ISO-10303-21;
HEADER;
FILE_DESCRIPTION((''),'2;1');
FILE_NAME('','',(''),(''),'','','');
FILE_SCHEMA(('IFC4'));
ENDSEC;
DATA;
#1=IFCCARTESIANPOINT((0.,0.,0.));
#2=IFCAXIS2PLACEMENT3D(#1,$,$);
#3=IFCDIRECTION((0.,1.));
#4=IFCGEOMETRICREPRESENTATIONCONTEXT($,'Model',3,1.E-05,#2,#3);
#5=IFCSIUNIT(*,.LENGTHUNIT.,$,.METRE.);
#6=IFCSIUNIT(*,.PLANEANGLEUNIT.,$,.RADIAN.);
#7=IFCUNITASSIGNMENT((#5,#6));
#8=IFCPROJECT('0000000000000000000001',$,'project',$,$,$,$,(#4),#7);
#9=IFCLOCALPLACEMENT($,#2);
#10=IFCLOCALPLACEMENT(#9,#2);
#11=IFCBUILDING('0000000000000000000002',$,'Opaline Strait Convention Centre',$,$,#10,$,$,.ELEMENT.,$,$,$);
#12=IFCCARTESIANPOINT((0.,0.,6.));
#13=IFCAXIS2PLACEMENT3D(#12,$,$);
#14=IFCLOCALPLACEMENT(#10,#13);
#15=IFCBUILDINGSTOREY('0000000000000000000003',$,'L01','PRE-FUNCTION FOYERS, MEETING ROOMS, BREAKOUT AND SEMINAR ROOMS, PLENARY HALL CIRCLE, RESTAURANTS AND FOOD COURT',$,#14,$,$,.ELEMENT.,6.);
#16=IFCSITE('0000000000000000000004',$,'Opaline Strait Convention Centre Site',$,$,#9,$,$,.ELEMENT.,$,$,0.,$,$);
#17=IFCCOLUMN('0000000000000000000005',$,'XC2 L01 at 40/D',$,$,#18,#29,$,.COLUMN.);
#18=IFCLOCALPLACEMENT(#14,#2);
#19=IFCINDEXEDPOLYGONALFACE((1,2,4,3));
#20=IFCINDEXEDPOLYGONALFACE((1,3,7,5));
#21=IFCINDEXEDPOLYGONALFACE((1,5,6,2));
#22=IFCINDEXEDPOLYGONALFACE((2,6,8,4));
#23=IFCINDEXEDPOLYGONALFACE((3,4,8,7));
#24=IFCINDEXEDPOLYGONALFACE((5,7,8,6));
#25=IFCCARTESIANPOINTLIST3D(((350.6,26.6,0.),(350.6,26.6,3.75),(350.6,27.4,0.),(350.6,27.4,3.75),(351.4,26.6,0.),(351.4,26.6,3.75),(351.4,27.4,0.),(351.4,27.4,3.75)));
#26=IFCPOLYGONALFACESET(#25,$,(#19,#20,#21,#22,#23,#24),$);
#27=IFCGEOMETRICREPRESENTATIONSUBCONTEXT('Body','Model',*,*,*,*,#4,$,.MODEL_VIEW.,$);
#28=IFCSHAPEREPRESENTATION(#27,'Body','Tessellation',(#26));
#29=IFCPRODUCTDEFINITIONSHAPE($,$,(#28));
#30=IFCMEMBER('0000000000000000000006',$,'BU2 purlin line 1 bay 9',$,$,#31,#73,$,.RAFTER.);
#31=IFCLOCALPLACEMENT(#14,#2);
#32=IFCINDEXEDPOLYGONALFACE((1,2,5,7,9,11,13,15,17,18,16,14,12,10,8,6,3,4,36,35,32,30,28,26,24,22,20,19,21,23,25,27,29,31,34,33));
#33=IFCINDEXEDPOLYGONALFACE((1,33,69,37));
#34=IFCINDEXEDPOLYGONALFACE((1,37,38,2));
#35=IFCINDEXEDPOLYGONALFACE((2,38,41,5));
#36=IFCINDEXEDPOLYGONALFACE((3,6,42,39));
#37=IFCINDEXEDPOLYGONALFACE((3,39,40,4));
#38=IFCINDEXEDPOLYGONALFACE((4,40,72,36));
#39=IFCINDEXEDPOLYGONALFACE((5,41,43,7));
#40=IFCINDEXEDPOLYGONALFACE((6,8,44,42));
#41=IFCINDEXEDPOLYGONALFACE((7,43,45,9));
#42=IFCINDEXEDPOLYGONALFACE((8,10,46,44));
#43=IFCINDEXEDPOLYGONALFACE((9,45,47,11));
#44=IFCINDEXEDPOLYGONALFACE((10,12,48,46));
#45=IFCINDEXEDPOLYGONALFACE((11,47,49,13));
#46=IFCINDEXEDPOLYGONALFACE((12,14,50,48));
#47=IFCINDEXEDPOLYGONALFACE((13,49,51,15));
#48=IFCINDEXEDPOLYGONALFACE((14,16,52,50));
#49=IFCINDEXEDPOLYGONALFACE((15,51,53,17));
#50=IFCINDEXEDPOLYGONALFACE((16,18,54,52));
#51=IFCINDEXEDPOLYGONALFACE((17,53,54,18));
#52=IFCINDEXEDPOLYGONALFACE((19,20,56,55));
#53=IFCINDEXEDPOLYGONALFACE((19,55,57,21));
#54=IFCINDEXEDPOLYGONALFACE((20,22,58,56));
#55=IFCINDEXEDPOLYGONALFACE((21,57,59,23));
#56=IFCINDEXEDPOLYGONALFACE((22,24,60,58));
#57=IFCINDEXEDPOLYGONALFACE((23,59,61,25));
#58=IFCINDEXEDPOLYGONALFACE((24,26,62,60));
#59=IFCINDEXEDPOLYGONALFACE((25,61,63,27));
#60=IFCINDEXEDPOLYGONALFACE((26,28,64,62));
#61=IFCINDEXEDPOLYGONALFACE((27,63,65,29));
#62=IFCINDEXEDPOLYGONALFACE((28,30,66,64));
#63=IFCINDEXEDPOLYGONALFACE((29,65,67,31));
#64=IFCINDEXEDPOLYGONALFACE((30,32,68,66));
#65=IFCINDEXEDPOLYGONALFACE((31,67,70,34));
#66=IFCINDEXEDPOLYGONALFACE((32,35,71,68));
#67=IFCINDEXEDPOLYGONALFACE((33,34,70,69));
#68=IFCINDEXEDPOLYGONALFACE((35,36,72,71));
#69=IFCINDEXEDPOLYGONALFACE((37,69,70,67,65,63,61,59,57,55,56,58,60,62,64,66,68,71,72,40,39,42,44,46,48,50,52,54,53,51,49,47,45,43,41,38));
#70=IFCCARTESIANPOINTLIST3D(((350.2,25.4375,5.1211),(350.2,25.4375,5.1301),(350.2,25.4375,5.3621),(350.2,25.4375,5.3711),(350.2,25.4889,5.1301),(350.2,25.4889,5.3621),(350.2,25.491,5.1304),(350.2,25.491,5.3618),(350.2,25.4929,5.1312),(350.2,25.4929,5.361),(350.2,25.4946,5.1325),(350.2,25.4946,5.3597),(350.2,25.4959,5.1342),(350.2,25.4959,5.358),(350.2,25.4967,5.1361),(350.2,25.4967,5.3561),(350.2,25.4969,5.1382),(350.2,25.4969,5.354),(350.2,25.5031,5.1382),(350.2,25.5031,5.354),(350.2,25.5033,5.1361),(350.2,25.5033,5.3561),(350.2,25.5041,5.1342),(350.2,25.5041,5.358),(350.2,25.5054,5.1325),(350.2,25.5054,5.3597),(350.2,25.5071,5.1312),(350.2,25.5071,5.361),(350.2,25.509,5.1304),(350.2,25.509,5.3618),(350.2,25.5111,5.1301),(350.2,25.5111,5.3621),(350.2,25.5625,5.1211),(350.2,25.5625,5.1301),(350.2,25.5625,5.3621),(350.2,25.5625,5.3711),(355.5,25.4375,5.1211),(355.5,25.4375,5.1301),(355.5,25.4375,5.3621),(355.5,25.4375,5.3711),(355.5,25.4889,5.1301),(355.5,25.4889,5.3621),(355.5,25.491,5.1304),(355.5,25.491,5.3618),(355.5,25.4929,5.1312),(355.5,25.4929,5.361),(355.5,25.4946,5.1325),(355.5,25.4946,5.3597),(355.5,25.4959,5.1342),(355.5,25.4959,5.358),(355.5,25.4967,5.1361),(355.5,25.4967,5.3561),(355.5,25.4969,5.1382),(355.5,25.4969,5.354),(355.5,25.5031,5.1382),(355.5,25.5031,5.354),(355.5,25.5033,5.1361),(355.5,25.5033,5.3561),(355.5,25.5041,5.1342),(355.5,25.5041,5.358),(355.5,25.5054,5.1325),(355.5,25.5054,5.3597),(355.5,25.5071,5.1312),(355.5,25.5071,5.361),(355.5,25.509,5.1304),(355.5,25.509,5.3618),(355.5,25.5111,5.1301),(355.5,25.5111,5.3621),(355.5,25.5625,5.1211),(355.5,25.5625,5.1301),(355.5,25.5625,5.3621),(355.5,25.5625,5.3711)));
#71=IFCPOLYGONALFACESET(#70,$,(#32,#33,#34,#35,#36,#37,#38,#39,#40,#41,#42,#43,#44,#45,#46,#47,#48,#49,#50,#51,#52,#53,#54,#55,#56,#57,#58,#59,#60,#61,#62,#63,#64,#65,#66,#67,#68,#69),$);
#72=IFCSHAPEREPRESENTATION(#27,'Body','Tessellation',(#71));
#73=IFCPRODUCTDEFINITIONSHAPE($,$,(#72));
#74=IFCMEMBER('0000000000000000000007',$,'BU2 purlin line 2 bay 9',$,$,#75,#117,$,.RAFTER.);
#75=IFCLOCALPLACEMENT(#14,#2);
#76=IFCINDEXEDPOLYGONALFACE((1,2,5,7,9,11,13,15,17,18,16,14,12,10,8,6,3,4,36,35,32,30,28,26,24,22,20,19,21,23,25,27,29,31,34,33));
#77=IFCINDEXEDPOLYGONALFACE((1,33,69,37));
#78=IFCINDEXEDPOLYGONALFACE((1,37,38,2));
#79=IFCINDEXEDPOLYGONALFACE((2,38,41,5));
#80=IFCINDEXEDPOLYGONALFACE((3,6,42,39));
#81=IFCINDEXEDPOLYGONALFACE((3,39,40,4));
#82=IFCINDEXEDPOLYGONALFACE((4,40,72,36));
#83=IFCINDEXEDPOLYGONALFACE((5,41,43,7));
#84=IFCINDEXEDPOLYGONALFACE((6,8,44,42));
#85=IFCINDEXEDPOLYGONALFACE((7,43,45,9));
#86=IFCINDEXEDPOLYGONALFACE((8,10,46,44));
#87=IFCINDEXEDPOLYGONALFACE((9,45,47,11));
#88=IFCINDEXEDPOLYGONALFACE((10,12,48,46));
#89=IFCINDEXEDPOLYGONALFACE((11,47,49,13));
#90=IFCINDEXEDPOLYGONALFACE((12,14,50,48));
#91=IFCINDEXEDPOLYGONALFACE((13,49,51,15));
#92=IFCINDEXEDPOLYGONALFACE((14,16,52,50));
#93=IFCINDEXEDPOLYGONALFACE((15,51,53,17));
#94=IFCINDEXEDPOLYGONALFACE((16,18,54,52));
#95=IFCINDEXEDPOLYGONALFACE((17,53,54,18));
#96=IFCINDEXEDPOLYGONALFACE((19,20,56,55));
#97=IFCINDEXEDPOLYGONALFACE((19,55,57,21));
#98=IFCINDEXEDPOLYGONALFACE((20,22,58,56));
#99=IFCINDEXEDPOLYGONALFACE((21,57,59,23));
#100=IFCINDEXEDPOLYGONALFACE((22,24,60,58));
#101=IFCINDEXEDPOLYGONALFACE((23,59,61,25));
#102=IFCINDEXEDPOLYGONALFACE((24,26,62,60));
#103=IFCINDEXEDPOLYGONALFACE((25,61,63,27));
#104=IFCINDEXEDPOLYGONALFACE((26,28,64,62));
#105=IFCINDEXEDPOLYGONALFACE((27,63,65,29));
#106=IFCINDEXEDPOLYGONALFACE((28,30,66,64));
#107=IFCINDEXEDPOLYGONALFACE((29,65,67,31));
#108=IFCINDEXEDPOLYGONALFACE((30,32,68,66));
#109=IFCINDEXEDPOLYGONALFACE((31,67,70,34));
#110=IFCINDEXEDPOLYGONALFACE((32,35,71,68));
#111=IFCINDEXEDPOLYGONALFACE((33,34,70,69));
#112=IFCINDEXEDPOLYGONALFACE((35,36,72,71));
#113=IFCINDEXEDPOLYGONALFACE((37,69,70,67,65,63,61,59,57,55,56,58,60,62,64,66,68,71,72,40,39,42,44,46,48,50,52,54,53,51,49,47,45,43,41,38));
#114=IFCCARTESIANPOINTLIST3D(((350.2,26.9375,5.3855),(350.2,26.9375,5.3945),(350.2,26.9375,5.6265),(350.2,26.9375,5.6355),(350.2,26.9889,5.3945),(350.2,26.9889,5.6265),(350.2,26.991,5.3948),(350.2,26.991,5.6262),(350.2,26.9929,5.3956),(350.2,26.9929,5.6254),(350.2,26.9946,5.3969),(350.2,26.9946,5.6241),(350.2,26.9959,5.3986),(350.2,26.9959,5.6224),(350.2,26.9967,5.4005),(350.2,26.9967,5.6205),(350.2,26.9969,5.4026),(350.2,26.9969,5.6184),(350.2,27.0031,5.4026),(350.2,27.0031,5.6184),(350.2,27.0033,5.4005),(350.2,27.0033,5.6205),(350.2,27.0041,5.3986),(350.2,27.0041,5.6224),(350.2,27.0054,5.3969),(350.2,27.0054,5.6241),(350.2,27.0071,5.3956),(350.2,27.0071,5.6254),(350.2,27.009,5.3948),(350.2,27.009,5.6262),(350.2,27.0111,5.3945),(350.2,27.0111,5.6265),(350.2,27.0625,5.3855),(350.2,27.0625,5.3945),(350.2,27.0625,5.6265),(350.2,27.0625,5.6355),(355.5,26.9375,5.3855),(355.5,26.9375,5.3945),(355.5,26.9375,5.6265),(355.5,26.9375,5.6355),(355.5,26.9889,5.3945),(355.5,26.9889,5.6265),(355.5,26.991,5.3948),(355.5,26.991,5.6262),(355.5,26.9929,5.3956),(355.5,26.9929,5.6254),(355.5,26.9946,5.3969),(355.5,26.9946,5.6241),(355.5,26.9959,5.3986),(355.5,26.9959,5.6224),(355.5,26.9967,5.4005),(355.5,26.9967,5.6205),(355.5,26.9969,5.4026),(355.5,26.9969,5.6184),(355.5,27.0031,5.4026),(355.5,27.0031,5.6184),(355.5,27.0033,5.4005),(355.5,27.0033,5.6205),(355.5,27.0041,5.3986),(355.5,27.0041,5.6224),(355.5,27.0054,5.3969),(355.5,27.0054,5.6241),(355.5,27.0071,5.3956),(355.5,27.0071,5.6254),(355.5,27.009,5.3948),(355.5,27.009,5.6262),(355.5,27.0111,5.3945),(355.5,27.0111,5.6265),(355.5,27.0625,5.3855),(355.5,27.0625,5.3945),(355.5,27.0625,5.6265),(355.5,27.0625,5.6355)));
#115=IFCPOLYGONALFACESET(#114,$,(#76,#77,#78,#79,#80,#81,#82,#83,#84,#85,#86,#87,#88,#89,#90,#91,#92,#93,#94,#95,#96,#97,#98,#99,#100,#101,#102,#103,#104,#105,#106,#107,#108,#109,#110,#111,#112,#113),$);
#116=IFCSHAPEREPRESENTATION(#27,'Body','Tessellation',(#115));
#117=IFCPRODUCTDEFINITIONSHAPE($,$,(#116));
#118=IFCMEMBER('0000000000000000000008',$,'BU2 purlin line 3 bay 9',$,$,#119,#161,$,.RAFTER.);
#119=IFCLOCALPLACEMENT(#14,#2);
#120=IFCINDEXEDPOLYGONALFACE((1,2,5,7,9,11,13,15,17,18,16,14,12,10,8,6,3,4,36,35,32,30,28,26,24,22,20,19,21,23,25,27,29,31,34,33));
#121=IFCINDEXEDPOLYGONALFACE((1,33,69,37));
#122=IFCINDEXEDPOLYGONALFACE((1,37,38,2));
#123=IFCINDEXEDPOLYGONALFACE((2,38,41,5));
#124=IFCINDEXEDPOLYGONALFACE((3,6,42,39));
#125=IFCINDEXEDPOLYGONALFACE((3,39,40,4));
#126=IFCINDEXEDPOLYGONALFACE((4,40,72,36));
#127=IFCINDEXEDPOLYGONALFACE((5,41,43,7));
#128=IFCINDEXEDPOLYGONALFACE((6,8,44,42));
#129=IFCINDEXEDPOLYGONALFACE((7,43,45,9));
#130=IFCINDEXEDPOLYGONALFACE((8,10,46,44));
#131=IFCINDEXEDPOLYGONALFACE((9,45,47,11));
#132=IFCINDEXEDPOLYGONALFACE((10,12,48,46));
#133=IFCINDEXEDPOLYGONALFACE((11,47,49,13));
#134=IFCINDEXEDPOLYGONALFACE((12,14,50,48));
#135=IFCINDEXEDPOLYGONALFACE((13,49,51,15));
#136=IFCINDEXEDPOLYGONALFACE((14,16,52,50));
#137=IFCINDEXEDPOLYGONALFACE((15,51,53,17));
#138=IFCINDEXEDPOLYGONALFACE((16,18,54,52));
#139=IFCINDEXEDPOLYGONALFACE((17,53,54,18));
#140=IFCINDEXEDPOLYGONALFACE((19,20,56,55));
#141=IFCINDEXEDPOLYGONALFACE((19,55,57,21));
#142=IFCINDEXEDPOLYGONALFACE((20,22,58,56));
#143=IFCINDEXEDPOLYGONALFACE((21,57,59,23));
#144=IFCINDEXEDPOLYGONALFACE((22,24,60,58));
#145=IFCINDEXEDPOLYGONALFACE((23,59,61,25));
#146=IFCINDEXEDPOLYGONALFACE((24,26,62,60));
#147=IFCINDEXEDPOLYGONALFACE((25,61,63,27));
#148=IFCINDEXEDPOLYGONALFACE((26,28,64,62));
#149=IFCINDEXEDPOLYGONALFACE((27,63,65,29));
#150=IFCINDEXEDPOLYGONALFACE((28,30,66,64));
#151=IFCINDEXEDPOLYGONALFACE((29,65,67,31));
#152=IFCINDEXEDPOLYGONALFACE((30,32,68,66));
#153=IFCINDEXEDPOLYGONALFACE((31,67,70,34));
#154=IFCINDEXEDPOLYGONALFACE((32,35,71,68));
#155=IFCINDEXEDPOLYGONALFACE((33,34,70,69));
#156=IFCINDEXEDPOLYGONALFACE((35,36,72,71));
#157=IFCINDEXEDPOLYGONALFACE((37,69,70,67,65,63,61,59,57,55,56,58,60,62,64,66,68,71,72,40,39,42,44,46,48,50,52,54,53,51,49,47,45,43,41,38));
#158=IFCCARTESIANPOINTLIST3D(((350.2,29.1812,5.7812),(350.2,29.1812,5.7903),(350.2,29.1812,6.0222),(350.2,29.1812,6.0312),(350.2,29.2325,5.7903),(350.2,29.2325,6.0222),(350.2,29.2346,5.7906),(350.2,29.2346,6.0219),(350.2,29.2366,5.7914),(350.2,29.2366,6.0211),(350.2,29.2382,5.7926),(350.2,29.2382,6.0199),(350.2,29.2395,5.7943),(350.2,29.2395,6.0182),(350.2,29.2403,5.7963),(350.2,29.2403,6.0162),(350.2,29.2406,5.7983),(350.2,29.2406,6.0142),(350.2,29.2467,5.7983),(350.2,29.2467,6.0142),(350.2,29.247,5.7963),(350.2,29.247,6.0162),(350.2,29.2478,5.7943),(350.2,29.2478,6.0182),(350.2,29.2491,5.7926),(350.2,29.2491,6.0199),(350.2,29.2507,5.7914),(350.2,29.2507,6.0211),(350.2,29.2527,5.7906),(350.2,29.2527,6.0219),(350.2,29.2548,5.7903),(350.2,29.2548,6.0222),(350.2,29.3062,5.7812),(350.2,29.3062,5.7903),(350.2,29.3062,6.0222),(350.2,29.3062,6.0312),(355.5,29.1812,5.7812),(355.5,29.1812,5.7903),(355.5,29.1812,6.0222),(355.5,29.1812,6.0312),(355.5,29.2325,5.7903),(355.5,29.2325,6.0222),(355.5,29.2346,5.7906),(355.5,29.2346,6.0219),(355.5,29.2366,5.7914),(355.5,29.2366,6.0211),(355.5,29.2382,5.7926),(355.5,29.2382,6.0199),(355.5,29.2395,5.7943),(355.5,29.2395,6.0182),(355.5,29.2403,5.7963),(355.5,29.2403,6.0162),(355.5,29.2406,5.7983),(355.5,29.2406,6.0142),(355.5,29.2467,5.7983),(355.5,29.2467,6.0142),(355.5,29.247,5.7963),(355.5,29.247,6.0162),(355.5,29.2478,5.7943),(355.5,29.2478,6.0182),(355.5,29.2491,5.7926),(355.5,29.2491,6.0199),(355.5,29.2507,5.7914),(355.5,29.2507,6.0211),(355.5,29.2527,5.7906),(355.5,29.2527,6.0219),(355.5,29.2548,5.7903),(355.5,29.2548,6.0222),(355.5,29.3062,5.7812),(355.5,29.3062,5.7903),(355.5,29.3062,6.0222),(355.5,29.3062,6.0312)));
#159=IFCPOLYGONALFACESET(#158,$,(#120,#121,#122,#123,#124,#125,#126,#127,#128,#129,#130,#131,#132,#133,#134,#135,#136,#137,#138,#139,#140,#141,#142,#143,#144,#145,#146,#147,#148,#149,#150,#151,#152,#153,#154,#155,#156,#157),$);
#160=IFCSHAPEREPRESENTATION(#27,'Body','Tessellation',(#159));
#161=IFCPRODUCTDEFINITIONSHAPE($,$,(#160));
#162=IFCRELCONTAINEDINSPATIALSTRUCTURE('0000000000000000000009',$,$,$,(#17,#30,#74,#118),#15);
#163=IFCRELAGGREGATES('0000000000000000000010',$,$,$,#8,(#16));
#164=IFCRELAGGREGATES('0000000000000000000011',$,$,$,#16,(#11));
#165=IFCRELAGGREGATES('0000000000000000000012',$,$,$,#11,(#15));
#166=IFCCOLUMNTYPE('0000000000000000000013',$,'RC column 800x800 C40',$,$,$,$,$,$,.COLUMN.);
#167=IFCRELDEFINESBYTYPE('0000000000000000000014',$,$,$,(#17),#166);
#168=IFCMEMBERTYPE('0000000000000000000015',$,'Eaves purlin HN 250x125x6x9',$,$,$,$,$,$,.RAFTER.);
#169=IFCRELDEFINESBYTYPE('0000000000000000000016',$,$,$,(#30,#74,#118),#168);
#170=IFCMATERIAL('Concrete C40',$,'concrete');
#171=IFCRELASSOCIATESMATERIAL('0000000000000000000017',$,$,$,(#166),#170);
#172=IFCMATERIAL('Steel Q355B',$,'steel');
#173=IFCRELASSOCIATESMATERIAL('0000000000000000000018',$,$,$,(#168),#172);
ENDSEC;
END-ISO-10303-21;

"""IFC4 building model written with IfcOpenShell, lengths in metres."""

from ifc_helpers import new_model, si_unit, direction, frame, origin, origin_2d, place, context, subcontext, project, spatial, rectangle, i_section, extrude, material, material_profile, profile_set, type_object, element, save


model = new_model("IFC4")

# Units and contexts
model_context = context("Model", 3, precision=1e-05, world=origin(), true_north=direction((0.0, 1.0)))
body_context = subcontext(model_context, "Body", "Model", "MODEL_VIEW")
ifc_project = project(units=[si_unit("LENGTHUNIT", "METRE"), si_unit("PLANEANGLEUNIT", "RADIAN")], contexts=[model_context])

# Site, building, storey
site_placement = place(None, origin())
site = spatial("IfcSite", under=ifc_project, at=site_placement, Name="Opaline Strait Convention Centre Site", CompositionType="ELEMENT", RefElevation=0.0)
building_placement = place(site_placement, origin())
building = spatial("IfcBuilding", under=site, at=building_placement, Name="Opaline Strait Convention Centre", CompositionType="ELEMENT")
storey_placement = place(building_placement, frame((0.0, 0.0, 6.0)))
storey = spatial("IfcBuildingStorey", under=building, at=storey_placement, Name="L01", Description="PRE-FUNCTION FOYERS, MEETING ROOMS, BREAKOUT AND SEMINAR ROOMS, PLENARY HALL CIRCLE, RESTAURANTS AND FOOD COURT", CompositionType="ELEMENT", Elevation=6.0)

# Column
ifc_material_1 = material(Name="Concrete C40", Category="concrete")
ifc_material_profile_1 = material_profile(ifc_material_1, rectangle(XDim=0.8, YDim=0.8, at=origin_2d()), Name="RC 800x800")
ifc_profile_set_1 = profile_set([ifc_material_profile_1], Name="Concrete C40")
column_type = type_object("IfcColumnType", Name="RC column 800x800 C40", PredefinedType="COLUMN", material=ifc_profile_set_1)
column_placement = place(storey_placement, frame((351.0, 27.0, 0.0), z_axis=(0.0, 0.0, 1.0), x_axis=(1.0, 0.0, 0.0)))
element("IfcColumn", 1, at=column_placement, inside=storey, type_object=column_type, Name="XC2 L01 at 40/D", PredefinedType="COLUMN", context=body_context, shape_type="SweptSolid", body=[
    extrude(rectangle(XDim=0.8, YDim=0.8, at=origin_2d()), origin(), (0.0, 0.0, 1.0), 3.75),
])

# Members
ifc_material_2 = material(Name="Steel Q355B", Category="steel")
ifc_material_profile_2 = material_profile(ifc_material_2, i_section(OverallWidth=0.125, OverallDepth=0.25, WebThickness=0.0061, FlangeThickness=0.009, FilletRadius=0.0081, at=origin_2d()), Name="HN 250x125x6x9")
ifc_profile_set_2 = profile_set([ifc_material_profile_2], Name="Steel Q355B")
member_type_1 = type_object("IfcMemberType", Name="Eaves purlin HN 250x125x6x9", PredefinedType="RAFTER", material=ifc_profile_set_2)
for number, where, z_axis, x_axis, name in (
    (2, (350.2, 25.5, 5.2461), (1.0, 0.0, 0.0), (0.0, 1.0, 0.0), "BU2 purlin line 1 bay 9"),
    (3, (350.2, 27.0, 5.5105), (1.0, 0.0, 0.0), (0.0, 1.0, 0.0), "BU2 purlin line 2 bay 9"),
    (4, (350.2, 29.2437, 5.9062), (1.0, 0.0, 0.0), (0.0, 1.0, 0.0), "BU2 purlin line 3 bay 9"),
):
    element("IfcMember", number, at=place(storey_placement, frame(where, z_axis=z_axis, x_axis=x_axis)), inside=storey, type_object=member_type_1, Name=name, PredefinedType="RAFTER", context=body_context, shape_type="SweptSolid", body=[
        extrude(i_section(OverallWidth=0.125, OverallDepth=0.25, WebThickness=0.0061, FlangeThickness=0.009, FilletRadius=0.0081, at=origin_2d()), origin(), (0.0, 0.0, 1.0), 5.3),
    ])

save(model, "model.ifc")
